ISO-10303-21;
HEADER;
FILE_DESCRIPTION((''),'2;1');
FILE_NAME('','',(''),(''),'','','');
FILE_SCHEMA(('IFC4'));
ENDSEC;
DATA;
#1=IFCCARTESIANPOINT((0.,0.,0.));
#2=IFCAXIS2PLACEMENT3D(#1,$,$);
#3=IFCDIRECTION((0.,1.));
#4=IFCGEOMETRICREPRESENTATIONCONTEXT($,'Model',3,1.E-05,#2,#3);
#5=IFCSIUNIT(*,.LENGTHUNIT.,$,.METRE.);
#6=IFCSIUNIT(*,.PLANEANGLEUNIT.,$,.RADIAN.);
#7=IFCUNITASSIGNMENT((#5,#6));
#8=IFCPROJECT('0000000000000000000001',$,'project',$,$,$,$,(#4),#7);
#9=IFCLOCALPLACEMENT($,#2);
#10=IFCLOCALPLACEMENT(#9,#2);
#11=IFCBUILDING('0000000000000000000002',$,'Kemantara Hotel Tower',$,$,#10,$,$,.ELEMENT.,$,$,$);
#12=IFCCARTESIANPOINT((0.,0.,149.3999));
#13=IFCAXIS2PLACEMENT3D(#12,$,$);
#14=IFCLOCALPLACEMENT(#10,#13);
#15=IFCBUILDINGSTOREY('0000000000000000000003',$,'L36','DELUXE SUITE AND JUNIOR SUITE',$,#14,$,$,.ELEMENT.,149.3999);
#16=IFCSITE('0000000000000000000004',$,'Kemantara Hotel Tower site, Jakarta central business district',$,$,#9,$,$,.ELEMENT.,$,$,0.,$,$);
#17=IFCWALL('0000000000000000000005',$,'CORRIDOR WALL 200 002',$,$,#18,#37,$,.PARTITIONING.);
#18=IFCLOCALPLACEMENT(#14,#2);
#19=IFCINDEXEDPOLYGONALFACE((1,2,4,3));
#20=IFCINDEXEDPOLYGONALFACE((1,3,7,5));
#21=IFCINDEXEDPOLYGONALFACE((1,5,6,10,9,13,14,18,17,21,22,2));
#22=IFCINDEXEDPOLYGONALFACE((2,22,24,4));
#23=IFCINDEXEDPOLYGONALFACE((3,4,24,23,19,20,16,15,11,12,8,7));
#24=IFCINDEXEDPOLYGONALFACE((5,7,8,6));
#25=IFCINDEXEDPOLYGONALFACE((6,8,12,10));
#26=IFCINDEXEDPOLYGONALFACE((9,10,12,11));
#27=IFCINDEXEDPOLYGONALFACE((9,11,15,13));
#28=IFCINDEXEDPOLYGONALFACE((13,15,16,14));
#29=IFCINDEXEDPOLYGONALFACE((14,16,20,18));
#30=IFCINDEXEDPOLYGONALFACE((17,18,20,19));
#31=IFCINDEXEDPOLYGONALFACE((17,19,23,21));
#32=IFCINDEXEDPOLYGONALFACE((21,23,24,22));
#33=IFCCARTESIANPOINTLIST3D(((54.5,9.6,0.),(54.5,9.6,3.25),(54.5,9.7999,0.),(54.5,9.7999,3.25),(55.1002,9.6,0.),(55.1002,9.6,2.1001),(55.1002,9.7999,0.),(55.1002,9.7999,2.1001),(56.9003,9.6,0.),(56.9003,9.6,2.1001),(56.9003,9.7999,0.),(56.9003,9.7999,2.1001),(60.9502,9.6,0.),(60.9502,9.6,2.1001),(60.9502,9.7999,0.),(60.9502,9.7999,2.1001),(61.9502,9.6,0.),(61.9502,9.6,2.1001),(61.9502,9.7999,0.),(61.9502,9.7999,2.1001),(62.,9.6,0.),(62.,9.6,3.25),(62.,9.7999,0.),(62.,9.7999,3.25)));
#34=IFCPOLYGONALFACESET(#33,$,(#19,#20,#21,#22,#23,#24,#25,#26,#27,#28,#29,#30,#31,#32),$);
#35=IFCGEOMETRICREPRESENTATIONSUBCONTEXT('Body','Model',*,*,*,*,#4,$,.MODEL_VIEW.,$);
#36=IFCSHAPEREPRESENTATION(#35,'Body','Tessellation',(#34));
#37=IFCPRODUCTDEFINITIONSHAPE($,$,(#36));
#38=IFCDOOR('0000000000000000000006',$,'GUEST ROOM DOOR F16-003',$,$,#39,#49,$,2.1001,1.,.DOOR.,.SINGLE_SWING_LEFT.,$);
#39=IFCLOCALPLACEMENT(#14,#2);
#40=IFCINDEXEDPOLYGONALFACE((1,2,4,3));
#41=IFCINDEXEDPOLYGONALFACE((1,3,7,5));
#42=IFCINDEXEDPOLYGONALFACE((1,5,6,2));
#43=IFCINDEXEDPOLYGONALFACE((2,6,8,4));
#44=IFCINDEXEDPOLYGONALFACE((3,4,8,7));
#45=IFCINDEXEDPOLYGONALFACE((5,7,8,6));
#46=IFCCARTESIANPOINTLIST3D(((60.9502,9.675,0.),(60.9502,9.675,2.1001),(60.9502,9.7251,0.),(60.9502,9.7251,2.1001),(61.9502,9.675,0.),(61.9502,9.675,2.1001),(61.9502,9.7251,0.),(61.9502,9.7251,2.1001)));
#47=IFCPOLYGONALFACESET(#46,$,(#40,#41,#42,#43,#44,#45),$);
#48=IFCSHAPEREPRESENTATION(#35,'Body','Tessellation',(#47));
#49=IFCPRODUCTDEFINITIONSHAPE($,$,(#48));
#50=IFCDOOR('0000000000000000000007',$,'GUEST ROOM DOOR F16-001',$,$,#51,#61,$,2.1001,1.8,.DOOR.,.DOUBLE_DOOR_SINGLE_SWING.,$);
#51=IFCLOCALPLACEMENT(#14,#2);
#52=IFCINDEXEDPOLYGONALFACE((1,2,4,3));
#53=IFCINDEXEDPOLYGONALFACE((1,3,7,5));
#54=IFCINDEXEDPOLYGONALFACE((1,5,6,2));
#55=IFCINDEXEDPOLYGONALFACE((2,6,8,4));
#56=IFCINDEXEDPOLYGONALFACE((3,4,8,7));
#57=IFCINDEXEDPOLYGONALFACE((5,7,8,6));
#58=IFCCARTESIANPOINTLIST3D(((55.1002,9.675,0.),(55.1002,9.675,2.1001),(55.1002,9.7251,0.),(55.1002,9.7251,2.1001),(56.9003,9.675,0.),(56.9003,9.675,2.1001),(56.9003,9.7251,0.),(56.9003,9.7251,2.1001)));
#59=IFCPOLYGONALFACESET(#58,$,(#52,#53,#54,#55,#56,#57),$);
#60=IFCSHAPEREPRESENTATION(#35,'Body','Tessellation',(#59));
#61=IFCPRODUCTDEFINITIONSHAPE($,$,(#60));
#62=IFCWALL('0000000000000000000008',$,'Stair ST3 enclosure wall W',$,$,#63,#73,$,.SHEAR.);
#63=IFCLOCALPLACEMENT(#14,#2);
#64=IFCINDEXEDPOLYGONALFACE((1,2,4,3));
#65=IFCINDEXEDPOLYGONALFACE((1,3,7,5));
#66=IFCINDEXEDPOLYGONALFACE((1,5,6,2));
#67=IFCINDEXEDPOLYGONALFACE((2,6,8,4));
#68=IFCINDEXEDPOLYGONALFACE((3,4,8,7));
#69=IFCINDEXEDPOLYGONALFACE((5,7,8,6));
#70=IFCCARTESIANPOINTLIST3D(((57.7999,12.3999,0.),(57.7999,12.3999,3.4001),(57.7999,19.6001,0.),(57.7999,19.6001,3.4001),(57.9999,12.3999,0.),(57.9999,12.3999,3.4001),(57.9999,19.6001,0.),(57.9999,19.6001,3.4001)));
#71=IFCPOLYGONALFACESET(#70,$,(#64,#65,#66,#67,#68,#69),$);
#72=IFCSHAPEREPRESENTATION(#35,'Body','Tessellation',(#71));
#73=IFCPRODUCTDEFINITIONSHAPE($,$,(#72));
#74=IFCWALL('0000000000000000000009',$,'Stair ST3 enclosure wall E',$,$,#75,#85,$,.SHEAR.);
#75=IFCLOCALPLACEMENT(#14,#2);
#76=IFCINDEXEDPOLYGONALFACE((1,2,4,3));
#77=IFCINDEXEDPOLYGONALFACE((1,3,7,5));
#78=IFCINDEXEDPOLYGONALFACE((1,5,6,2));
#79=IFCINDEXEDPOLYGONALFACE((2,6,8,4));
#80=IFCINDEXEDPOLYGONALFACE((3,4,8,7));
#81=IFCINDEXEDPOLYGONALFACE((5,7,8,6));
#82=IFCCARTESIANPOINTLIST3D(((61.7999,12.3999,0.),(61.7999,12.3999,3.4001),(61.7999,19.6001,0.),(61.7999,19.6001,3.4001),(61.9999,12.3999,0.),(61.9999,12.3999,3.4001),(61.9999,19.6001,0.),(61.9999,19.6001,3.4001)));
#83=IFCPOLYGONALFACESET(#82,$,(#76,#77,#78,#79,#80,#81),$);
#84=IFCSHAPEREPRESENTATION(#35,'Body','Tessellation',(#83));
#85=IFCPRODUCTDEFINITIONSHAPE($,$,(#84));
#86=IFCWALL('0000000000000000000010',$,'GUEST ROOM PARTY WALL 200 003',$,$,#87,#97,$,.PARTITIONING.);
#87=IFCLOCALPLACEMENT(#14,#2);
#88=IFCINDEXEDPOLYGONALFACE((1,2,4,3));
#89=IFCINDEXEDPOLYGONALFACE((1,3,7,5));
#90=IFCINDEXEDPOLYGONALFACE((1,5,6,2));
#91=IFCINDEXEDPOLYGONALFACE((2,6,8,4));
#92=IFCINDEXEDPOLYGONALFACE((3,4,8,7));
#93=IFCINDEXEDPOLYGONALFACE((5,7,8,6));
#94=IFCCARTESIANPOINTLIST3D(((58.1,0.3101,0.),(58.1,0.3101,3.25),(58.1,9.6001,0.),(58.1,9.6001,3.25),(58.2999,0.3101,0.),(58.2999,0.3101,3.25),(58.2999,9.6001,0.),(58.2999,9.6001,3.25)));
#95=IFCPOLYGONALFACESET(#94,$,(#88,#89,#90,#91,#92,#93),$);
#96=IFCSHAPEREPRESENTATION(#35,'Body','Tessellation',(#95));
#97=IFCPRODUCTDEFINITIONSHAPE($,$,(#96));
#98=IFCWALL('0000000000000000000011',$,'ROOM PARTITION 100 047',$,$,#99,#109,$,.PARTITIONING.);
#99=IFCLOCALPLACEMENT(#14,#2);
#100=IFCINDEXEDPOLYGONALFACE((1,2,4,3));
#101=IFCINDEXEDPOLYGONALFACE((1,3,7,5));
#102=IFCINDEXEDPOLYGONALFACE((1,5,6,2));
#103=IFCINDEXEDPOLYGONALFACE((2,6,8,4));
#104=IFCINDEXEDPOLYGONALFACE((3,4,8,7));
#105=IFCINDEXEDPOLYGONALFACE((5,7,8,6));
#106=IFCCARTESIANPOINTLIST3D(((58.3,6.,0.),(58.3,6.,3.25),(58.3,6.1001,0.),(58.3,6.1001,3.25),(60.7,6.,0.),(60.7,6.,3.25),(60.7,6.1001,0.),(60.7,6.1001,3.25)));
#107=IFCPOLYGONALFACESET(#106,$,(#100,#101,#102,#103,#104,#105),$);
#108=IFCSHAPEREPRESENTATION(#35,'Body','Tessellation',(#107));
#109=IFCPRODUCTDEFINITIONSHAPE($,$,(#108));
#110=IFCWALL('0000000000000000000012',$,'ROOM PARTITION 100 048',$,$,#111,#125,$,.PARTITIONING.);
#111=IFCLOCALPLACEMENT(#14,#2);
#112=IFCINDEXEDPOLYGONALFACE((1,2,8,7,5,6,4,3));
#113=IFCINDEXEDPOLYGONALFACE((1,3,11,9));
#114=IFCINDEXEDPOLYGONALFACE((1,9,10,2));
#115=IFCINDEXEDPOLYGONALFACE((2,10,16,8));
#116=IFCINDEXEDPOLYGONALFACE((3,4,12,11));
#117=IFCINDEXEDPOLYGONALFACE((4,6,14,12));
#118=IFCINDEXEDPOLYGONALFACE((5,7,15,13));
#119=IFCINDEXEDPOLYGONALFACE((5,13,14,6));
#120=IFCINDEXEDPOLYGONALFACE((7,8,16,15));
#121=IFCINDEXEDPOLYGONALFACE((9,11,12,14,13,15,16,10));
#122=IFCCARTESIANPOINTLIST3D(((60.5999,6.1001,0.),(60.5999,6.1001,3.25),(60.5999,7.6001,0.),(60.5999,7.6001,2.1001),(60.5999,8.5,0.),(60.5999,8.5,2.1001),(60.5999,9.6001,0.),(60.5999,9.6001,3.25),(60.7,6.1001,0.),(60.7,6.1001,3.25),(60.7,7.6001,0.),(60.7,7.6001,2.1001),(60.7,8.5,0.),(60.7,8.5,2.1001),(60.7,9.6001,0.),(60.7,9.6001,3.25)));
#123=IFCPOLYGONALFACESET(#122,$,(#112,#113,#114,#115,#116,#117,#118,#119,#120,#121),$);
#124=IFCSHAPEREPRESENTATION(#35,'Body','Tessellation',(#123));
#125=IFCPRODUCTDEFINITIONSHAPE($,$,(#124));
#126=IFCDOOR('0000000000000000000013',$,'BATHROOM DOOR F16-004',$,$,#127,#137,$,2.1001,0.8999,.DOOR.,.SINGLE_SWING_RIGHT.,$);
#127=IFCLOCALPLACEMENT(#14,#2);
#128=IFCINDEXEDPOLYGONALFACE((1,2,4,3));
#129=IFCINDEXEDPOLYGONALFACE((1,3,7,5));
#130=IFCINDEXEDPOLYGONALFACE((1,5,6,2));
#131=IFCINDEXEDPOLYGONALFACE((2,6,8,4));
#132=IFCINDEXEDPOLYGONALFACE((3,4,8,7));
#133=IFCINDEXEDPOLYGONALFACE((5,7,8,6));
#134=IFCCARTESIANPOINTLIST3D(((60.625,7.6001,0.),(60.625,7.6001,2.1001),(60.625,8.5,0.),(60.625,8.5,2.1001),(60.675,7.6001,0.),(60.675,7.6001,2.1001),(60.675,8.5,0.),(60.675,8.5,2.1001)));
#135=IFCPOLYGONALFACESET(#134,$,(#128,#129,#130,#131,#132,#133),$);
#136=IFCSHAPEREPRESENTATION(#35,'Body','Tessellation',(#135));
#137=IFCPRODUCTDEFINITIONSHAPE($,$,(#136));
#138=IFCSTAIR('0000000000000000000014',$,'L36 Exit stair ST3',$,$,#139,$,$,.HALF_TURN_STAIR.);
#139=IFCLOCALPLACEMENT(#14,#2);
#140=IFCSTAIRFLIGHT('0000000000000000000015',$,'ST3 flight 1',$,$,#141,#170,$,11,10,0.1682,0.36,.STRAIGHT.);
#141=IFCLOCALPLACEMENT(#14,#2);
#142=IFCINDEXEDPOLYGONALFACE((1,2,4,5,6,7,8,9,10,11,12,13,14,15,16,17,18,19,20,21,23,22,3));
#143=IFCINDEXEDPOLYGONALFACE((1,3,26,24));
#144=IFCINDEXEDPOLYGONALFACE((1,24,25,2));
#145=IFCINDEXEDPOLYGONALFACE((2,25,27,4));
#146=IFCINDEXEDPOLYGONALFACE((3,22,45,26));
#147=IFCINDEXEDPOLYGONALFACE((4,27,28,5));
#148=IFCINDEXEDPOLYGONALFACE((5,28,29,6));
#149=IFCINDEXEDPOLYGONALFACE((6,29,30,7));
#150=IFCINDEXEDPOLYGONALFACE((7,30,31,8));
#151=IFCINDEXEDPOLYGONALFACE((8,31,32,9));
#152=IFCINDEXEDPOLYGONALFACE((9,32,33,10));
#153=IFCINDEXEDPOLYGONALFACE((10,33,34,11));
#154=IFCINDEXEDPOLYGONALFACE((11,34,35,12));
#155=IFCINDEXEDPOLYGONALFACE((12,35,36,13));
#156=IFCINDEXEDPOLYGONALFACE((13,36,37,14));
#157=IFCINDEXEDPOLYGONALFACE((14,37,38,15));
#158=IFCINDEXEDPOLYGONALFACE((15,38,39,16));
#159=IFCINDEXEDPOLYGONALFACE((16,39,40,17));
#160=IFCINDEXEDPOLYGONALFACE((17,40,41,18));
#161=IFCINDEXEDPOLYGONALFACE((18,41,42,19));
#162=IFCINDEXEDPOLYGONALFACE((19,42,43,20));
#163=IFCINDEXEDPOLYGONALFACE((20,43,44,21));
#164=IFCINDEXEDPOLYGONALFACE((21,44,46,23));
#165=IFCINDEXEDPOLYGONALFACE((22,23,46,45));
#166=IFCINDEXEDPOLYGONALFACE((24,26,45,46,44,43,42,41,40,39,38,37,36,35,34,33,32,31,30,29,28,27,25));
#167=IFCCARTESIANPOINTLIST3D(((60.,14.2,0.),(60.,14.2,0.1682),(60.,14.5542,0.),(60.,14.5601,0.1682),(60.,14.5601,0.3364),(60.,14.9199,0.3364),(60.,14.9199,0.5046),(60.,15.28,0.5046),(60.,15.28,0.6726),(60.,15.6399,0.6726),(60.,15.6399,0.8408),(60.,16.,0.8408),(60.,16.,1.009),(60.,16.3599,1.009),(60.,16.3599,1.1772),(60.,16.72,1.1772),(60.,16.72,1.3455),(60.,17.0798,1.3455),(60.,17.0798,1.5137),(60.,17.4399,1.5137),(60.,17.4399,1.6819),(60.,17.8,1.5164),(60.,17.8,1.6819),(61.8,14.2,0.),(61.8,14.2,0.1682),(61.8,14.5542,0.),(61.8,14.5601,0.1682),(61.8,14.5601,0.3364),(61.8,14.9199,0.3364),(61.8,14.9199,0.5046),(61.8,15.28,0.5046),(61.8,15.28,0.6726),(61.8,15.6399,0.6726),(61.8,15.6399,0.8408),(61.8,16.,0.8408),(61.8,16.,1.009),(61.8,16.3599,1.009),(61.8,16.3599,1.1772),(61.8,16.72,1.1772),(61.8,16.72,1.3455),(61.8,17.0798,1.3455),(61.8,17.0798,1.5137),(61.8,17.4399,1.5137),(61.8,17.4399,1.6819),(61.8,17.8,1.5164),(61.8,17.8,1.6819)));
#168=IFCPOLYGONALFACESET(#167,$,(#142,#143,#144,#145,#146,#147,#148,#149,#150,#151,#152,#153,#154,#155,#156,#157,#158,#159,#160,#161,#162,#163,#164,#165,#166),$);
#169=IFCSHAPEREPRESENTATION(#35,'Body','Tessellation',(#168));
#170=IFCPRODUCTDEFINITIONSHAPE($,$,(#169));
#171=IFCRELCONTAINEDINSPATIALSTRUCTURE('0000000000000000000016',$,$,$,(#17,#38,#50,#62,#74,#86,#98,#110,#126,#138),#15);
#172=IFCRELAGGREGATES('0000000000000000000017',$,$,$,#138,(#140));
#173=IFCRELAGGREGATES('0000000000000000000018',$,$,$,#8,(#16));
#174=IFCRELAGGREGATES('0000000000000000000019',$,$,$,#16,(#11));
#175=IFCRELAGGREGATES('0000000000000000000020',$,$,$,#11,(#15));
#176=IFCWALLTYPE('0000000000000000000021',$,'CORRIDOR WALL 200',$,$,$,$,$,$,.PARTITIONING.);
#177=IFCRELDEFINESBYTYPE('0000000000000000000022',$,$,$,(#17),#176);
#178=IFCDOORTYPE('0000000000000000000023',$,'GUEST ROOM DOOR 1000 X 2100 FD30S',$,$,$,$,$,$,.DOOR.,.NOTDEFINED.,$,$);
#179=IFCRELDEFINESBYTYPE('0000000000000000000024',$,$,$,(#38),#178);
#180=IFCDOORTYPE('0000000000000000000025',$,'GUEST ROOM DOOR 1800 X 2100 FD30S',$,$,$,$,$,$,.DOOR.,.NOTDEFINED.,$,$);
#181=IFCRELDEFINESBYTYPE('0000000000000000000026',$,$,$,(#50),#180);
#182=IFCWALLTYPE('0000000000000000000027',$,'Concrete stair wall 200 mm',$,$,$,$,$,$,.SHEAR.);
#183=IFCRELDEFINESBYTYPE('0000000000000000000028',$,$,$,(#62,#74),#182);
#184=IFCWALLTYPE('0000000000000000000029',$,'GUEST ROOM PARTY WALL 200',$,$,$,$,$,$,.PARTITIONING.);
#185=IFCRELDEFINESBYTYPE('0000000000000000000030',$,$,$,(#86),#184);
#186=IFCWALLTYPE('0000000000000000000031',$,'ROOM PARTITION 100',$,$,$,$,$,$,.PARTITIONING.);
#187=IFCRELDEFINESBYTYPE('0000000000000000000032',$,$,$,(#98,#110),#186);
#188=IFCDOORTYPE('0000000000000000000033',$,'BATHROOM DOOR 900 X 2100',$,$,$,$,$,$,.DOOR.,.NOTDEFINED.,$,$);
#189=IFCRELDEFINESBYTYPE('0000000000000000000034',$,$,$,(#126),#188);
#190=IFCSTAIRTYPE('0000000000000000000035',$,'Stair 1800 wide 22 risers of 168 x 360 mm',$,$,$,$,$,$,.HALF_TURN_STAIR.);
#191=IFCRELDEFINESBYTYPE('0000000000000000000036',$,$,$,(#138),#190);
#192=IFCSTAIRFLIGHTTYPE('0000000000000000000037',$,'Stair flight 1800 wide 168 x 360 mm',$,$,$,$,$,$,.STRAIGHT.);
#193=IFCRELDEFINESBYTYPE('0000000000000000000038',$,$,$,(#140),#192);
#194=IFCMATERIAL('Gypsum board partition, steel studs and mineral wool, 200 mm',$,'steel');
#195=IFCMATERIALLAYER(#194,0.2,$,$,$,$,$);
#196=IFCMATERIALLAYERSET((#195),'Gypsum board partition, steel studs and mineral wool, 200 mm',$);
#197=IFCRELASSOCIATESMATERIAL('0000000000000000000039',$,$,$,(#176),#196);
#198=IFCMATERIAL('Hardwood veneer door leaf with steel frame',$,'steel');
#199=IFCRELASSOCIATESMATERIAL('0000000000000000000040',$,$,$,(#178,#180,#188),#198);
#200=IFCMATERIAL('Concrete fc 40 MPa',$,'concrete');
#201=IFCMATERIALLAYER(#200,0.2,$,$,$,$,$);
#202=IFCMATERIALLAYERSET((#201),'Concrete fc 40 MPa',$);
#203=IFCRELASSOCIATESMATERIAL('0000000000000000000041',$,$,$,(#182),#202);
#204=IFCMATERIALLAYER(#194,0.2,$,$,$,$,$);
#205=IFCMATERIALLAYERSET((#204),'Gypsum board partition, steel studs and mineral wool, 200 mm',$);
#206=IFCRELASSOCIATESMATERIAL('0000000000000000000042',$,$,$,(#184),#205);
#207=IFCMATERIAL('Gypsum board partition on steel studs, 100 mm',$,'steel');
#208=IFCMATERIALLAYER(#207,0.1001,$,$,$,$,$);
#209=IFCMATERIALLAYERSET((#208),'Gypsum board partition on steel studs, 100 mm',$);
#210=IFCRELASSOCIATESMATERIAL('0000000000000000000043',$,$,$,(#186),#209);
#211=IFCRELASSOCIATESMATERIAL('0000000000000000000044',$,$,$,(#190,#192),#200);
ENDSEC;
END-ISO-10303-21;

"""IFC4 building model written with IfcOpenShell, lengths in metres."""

from ifc_helpers import new_model, si_unit, direction, frame, frame_2d, origin, place, context, subcontext, project, spatial, polyline, rectangle, outline, extrude, material, layer, layer_set, type_object, element, fill, aggregate, save


model = new_model("IFC4")

# Units and contexts
model_context = context("Model", 3, precision=1e-05, world=origin(), true_north=direction((0.0, 1.0)))
body_context = subcontext(model_context, "Body", "Model", "MODEL_VIEW")
ifc_project = project(units=[si_unit("LENGTHUNIT", "METRE"), si_unit("PLANEANGLEUNIT", "RADIAN")], contexts=[model_context])

# Site, building, storey
site_placement = place(None, origin())
site = spatial("IfcSite", under=ifc_project, at=site_placement, Name="Kemantara Hotel Tower site, Jakarta central business district", CompositionType="ELEMENT", RefElevation=0.0)
building_placement = place(site_placement, origin())
building = spatial("IfcBuilding", under=site, at=building_placement, Name="Kemantara Hotel Tower", CompositionType="ELEMENT")
storey_placement = place(building_placement, frame((0.0, 0.0, 149.3999)))
storey = spatial("IfcBuildingStorey", under=building, at=storey_placement, Name="L36", Description="DELUXE SUITE AND JUNIOR SUITE", CompositionType="ELEMENT", Elevation=149.3999)

# Wall, openings, doors
ifc_material_1 = material(Name="Gypsum board partition, steel studs and mineral wool, 200 mm", Category="steel")
ifc_layer_1 = layer(ifc_material_1, 0.2)
ifc_layer_set_1 = layer_set([ifc_layer_1], Name="Gypsum board partition, steel studs and mineral wool, 200 mm")
wall_type_1 = type_object("IfcWallType", Name="CORRIDOR WALL 200", PredefinedType="PARTITIONING", material=ifc_layer_set_1)
wall_1_placement = place(storey_placement, frame((62.0, 9.7, 0.0), z_axis=(0.0, 0.0, 1.0), x_axis=(-1.0, 0.0, 0.0)))
wall_1 = element("IfcWall", 1, at=wall_1_placement, inside=storey, type_object=wall_type_1, Name="CORRIDOR WALL 200 002", PredefinedType="PARTITIONING", context=body_context, shape_type="SweptSolid", body=[
    extrude(rectangle(XDim=7.5, YDim=0.2, at=frame_2d((3.75, 0.0))), origin(), (0.0, 0.0, 1.0), 3.25),
])
opening_1_placement = place(wall_1_placement, frame((5.0999, 0.0, 0.0)))
opening_1 = element("IfcOpeningElement", 2, at=opening_1_placement, cuts=wall_1, PredefinedType="OPENING", context=body_context, shape_type="SweptSolid", body=[
    extrude(rectangle(XDim=1.8, YDim=2.1001, at=frame_2d((0.8999, 1.05))), frame((0.0, 0.1099, 0.0), z_axis=(0.0, -1.0, 0.0), x_axis=(1.0, 0.0, 0.0)), (0.0, 0.0, 1.0), 0.22),
])
opening_2_placement = place(wall_1_placement, frame((0.0498, 0.0, 0.0)))
opening_2 = element("IfcOpeningElement", 3, at=opening_2_placement, cuts=wall_1, PredefinedType="OPENING", context=body_context, shape_type="SweptSolid", body=[
    extrude(rectangle(XDim=1.0, YDim=2.1001, at=frame_2d((0.5, 1.05))), frame((0.0, 0.1099, 0.0), z_axis=(0.0, -1.0, 0.0), x_axis=(1.0, 0.0, 0.0)), (0.0, 0.0, 1.0), 0.22),
])
ifc_material_2 = material(Name="Hardwood veneer door leaf with steel frame", Category="steel")
door_type_1 = type_object("IfcDoorType", Name="GUEST ROOM DOOR 1000 X 2100 FD30S", OperationType="NOTDEFINED", PredefinedType="DOOR", material=ifc_material_2)
door_1_placement = place(opening_2_placement, origin())
door_1 = element("IfcDoor", 4, at=door_1_placement, inside=storey, type_object=door_type_1, Name="GUEST ROOM DOOR F16-003", OperationType="SINGLE_SWING_LEFT", OverallHeight=2.1001, OverallWidth=1.0, PredefinedType="DOOR", context=body_context, shape_type="SweptSolid", body=[
    extrude(rectangle(XDim=1.0, YDim=2.1001, at=frame_2d((0.5, 1.05))), frame((0.0, 0.0249, 0.0), z_axis=(0.0, -1.0, 0.0), x_axis=(1.0, 0.0, 0.0)), (0.0, 0.0, 1.0), 0.05),
])
fill(opening_2, door_1)
door_type_2 = type_object("IfcDoorType", Name="GUEST ROOM DOOR 1800 X 2100 FD30S", OperationType="NOTDEFINED", PredefinedType="DOOR", material=ifc_material_2)
door_2_placement = place(opening_1_placement, origin())
door_2 = element("IfcDoor", 5, at=door_2_placement, inside=storey, type_object=door_type_2, Name="GUEST ROOM DOOR F16-001", OperationType="DOUBLE_DOOR_SINGLE_SWING", OverallHeight=2.1001, OverallWidth=1.8, PredefinedType="DOOR", context=body_context, shape_type="SweptSolid", body=[
    extrude(rectangle(XDim=1.8, YDim=2.1001, at=frame_2d((0.8999, 1.05))), frame((0.0, 0.0249, 0.0), z_axis=(0.0, -1.0, 0.0), x_axis=(1.0, 0.0, 0.0)), (0.0, 0.0, 1.0), 0.05),
])
fill(opening_1, door_2)

# Walls
ifc_material_3 = material(Name="Concrete fc 40 MPa", Category="concrete")
ifc_layer_2 = layer(ifc_material_3, 0.2)
ifc_layer_set_2 = layer_set([ifc_layer_2], Name="Concrete fc 40 MPa")
wall_type_2 = type_object("IfcWallType", Name="Concrete stair wall 200 mm", PredefinedType="SHEAR", material=ifc_layer_set_2)
for number, where, z_axis, x_axis, name in (
    (6, (57.8999, 12.3999, 0.0), (0.0, 0.0, 1.0), (0.0, 1.0, 0.0), "Stair ST3 enclosure wall W"),
    (7, (61.8999, 12.3999, 0.0), (0.0, 0.0, 1.0), (0.0, 1.0, 0.0), "Stair ST3 enclosure wall E"),
):
    element("IfcWall", number, at=place(storey_placement, frame(where, z_axis=z_axis, x_axis=x_axis)), inside=storey, type_object=wall_type_2, Name=name, PredefinedType="SHEAR", context=body_context, shape_type="SweptSolid", body=[
        extrude(rectangle(XDim=7.2002, YDim=0.2, at=frame_2d((3.6001, 0.0))), origin(), (0.0, 0.0, 1.0), 3.4001),
    ])
ifc_layer_3 = layer(ifc_material_1, 0.2)
ifc_layer_set_3 = layer_set([ifc_layer_3], Name="Gypsum board partition, steel studs and mineral wool, 200 mm")
wall_type_3 = type_object("IfcWallType", Name="GUEST ROOM PARTY WALL 200", PredefinedType="PARTITIONING", material=ifc_layer_set_3)
wall_2_placement = place(storey_placement, frame((58.2, 0.3101, 0.0), z_axis=(0.0, 0.0, 1.0), x_axis=(0.0, 1.0, 0.0)))
element("IfcWall", 8, at=wall_2_placement, inside=storey, type_object=wall_type_3, Name="GUEST ROOM PARTY WALL 200 003", PredefinedType="PARTITIONING", context=body_context, shape_type="SweptSolid", body=[
    extrude(rectangle(XDim=9.29, YDim=0.2, at=frame_2d((4.645, 0.0))), origin(), (0.0, 0.0, 1.0), 3.25),
])
ifc_material_4 = material(Name="Gypsum board partition on steel studs, 100 mm", Category="steel")
ifc_layer_4 = layer(ifc_material_4, 0.1001)
ifc_layer_set_4 = layer_set([ifc_layer_4], Name="Gypsum board partition on steel studs, 100 mm")
wall_type_4 = type_object("IfcWallType", Name="ROOM PARTITION 100", PredefinedType="PARTITIONING", material=ifc_layer_set_4)
wall_3_placement = place(storey_placement, frame((58.3, 6.05, 0.0), z_axis=(0.0, 0.0, 1.0), x_axis=(1.0, 0.0, 0.0)))
element("IfcWall", 9, at=wall_3_placement, inside=storey, type_object=wall_type_4, Name="ROOM PARTITION 100 047", PredefinedType="PARTITIONING", context=body_context, shape_type="SweptSolid", body=[
    extrude(rectangle(XDim=2.3999, YDim=0.1001, at=frame_2d((1.2, 0.0))), origin(), (0.0, 0.0, 1.0), 3.25),
])

# Wall, opening, door
wall_4_placement = place(storey_placement, frame((60.6499, 6.1001, 0.0), z_axis=(0.0, 0.0, 1.0), x_axis=(0.0, 1.0, 0.0)))
wall_4 = element("IfcWall", 10, at=wall_4_placement, inside=storey, type_object=wall_type_4, Name="ROOM PARTITION 100 048", PredefinedType="PARTITIONING", context=body_context, shape_type="SweptSolid", body=[
    extrude(rectangle(XDim=3.5, YDim=0.1001, at=frame_2d((1.75, 0.0))), origin(), (0.0, 0.0, 1.0), 3.25),
])
opening_3_placement = place(wall_4_placement, frame((1.5, 0.0, 0.0)))
opening_3 = element("IfcOpeningElement", 11, at=opening_3_placement, cuts=wall_4, PredefinedType="OPENING", context=body_context, shape_type="SweptSolid", body=[
    extrude(rectangle(XDim=0.8999, YDim=2.1001, at=frame_2d((0.45, 1.05))), frame((0.0, 0.0601, 0.0), z_axis=(0.0, -1.0, 0.0), x_axis=(1.0, 0.0, 0.0)), (0.0, 0.0, 1.0), 0.1201),
])
door_type_3 = type_object("IfcDoorType", Name="BATHROOM DOOR 900 X 2100", OperationType="NOTDEFINED", PredefinedType="DOOR", material=ifc_material_2)
door_3_placement = place(opening_3_placement, origin())
door_3 = element("IfcDoor", 12, at=door_3_placement, inside=storey, type_object=door_type_3, Name="BATHROOM DOOR F16-004", OperationType="SINGLE_SWING_RIGHT", OverallHeight=2.1001, OverallWidth=0.8999, PredefinedType="DOOR", context=body_context, shape_type="SweptSolid", body=[
    extrude(rectangle(XDim=0.8999, YDim=2.1001, at=frame_2d((0.45, 1.05))), frame((0.0, 0.0249, 0.0), z_axis=(0.0, -1.0, 0.0), x_axis=(1.0, 0.0, 0.0)), (0.0, 0.0, 1.0), 0.05),
])
fill(opening_3, door_3)

# Stair, stair flight
stair_type = type_object("IfcStairType", Name="Stair 1800 wide 22 risers of 168 x 360 mm", PredefinedType="HALF_TURN_STAIR", material=ifc_material_3)
stair_placement = place(storey_placement, origin())
stair = element("IfcStair", 13, at=stair_placement, inside=storey, type_object=stair_type, Name="L36 Exit stair ST3", PredefinedType="HALF_TURN_STAIR")
stair_flight_type = type_object("IfcStairFlightType", Name="Stair flight 1800 wide 168 x 360 mm", PredefinedType="STRAIGHT", material=ifc_material_3)
stair_flight_placement = place(storey_placement, frame((60.8999, 14.2, 0.0), z_axis=(0.0, 0.0, 1.0), x_axis=(0.0, 1.0, 0.0)))
stair_flight = element("IfcStairFlight", 14, at=stair_flight_placement, type_object=stair_flight_type, Name="ST3 flight 1", NumberOfRisers=11, NumberOfTreads=10, PredefinedType="STRAIGHT", RiserHeight=0.1682, TreadLength=0.36, context=body_context, shape_type="SweptSolid", body=[
    extrude(outline(polyline([(0.0, 0.0), (0.0, 0.1682), (0.3601, 0.1682), (0.3601, 0.3364), (0.72, 0.3364), (0.72, 0.5046), (1.0801, 0.5046), (1.0801, 0.6726), (1.4399, 0.6726), (1.4399, 0.8408), (1.8, 0.8408), (1.8, 1.009), (2.1599, 1.009), (2.1599, 1.1772), (2.52, 1.1772), (2.52, 1.3455), (2.8799, 1.3455), (2.8799, 1.5137), (3.24, 1.5137), (3.24, 1.6819), (3.6001, 1.6819), (3.6001, 1.8501), (3.6001, 1.5164), (0.3542, 0.0), (0.0, 0.0)])), frame((0.0, 0.8999, 0.0), z_axis=(0.0, -1.0, 0.0), x_axis=(1.0, 0.0, 0.0)), (0.0, 0.0, 1.0), 1.8),
])
aggregate(stair, [stair_flight])

save(model, "model.ifc")
